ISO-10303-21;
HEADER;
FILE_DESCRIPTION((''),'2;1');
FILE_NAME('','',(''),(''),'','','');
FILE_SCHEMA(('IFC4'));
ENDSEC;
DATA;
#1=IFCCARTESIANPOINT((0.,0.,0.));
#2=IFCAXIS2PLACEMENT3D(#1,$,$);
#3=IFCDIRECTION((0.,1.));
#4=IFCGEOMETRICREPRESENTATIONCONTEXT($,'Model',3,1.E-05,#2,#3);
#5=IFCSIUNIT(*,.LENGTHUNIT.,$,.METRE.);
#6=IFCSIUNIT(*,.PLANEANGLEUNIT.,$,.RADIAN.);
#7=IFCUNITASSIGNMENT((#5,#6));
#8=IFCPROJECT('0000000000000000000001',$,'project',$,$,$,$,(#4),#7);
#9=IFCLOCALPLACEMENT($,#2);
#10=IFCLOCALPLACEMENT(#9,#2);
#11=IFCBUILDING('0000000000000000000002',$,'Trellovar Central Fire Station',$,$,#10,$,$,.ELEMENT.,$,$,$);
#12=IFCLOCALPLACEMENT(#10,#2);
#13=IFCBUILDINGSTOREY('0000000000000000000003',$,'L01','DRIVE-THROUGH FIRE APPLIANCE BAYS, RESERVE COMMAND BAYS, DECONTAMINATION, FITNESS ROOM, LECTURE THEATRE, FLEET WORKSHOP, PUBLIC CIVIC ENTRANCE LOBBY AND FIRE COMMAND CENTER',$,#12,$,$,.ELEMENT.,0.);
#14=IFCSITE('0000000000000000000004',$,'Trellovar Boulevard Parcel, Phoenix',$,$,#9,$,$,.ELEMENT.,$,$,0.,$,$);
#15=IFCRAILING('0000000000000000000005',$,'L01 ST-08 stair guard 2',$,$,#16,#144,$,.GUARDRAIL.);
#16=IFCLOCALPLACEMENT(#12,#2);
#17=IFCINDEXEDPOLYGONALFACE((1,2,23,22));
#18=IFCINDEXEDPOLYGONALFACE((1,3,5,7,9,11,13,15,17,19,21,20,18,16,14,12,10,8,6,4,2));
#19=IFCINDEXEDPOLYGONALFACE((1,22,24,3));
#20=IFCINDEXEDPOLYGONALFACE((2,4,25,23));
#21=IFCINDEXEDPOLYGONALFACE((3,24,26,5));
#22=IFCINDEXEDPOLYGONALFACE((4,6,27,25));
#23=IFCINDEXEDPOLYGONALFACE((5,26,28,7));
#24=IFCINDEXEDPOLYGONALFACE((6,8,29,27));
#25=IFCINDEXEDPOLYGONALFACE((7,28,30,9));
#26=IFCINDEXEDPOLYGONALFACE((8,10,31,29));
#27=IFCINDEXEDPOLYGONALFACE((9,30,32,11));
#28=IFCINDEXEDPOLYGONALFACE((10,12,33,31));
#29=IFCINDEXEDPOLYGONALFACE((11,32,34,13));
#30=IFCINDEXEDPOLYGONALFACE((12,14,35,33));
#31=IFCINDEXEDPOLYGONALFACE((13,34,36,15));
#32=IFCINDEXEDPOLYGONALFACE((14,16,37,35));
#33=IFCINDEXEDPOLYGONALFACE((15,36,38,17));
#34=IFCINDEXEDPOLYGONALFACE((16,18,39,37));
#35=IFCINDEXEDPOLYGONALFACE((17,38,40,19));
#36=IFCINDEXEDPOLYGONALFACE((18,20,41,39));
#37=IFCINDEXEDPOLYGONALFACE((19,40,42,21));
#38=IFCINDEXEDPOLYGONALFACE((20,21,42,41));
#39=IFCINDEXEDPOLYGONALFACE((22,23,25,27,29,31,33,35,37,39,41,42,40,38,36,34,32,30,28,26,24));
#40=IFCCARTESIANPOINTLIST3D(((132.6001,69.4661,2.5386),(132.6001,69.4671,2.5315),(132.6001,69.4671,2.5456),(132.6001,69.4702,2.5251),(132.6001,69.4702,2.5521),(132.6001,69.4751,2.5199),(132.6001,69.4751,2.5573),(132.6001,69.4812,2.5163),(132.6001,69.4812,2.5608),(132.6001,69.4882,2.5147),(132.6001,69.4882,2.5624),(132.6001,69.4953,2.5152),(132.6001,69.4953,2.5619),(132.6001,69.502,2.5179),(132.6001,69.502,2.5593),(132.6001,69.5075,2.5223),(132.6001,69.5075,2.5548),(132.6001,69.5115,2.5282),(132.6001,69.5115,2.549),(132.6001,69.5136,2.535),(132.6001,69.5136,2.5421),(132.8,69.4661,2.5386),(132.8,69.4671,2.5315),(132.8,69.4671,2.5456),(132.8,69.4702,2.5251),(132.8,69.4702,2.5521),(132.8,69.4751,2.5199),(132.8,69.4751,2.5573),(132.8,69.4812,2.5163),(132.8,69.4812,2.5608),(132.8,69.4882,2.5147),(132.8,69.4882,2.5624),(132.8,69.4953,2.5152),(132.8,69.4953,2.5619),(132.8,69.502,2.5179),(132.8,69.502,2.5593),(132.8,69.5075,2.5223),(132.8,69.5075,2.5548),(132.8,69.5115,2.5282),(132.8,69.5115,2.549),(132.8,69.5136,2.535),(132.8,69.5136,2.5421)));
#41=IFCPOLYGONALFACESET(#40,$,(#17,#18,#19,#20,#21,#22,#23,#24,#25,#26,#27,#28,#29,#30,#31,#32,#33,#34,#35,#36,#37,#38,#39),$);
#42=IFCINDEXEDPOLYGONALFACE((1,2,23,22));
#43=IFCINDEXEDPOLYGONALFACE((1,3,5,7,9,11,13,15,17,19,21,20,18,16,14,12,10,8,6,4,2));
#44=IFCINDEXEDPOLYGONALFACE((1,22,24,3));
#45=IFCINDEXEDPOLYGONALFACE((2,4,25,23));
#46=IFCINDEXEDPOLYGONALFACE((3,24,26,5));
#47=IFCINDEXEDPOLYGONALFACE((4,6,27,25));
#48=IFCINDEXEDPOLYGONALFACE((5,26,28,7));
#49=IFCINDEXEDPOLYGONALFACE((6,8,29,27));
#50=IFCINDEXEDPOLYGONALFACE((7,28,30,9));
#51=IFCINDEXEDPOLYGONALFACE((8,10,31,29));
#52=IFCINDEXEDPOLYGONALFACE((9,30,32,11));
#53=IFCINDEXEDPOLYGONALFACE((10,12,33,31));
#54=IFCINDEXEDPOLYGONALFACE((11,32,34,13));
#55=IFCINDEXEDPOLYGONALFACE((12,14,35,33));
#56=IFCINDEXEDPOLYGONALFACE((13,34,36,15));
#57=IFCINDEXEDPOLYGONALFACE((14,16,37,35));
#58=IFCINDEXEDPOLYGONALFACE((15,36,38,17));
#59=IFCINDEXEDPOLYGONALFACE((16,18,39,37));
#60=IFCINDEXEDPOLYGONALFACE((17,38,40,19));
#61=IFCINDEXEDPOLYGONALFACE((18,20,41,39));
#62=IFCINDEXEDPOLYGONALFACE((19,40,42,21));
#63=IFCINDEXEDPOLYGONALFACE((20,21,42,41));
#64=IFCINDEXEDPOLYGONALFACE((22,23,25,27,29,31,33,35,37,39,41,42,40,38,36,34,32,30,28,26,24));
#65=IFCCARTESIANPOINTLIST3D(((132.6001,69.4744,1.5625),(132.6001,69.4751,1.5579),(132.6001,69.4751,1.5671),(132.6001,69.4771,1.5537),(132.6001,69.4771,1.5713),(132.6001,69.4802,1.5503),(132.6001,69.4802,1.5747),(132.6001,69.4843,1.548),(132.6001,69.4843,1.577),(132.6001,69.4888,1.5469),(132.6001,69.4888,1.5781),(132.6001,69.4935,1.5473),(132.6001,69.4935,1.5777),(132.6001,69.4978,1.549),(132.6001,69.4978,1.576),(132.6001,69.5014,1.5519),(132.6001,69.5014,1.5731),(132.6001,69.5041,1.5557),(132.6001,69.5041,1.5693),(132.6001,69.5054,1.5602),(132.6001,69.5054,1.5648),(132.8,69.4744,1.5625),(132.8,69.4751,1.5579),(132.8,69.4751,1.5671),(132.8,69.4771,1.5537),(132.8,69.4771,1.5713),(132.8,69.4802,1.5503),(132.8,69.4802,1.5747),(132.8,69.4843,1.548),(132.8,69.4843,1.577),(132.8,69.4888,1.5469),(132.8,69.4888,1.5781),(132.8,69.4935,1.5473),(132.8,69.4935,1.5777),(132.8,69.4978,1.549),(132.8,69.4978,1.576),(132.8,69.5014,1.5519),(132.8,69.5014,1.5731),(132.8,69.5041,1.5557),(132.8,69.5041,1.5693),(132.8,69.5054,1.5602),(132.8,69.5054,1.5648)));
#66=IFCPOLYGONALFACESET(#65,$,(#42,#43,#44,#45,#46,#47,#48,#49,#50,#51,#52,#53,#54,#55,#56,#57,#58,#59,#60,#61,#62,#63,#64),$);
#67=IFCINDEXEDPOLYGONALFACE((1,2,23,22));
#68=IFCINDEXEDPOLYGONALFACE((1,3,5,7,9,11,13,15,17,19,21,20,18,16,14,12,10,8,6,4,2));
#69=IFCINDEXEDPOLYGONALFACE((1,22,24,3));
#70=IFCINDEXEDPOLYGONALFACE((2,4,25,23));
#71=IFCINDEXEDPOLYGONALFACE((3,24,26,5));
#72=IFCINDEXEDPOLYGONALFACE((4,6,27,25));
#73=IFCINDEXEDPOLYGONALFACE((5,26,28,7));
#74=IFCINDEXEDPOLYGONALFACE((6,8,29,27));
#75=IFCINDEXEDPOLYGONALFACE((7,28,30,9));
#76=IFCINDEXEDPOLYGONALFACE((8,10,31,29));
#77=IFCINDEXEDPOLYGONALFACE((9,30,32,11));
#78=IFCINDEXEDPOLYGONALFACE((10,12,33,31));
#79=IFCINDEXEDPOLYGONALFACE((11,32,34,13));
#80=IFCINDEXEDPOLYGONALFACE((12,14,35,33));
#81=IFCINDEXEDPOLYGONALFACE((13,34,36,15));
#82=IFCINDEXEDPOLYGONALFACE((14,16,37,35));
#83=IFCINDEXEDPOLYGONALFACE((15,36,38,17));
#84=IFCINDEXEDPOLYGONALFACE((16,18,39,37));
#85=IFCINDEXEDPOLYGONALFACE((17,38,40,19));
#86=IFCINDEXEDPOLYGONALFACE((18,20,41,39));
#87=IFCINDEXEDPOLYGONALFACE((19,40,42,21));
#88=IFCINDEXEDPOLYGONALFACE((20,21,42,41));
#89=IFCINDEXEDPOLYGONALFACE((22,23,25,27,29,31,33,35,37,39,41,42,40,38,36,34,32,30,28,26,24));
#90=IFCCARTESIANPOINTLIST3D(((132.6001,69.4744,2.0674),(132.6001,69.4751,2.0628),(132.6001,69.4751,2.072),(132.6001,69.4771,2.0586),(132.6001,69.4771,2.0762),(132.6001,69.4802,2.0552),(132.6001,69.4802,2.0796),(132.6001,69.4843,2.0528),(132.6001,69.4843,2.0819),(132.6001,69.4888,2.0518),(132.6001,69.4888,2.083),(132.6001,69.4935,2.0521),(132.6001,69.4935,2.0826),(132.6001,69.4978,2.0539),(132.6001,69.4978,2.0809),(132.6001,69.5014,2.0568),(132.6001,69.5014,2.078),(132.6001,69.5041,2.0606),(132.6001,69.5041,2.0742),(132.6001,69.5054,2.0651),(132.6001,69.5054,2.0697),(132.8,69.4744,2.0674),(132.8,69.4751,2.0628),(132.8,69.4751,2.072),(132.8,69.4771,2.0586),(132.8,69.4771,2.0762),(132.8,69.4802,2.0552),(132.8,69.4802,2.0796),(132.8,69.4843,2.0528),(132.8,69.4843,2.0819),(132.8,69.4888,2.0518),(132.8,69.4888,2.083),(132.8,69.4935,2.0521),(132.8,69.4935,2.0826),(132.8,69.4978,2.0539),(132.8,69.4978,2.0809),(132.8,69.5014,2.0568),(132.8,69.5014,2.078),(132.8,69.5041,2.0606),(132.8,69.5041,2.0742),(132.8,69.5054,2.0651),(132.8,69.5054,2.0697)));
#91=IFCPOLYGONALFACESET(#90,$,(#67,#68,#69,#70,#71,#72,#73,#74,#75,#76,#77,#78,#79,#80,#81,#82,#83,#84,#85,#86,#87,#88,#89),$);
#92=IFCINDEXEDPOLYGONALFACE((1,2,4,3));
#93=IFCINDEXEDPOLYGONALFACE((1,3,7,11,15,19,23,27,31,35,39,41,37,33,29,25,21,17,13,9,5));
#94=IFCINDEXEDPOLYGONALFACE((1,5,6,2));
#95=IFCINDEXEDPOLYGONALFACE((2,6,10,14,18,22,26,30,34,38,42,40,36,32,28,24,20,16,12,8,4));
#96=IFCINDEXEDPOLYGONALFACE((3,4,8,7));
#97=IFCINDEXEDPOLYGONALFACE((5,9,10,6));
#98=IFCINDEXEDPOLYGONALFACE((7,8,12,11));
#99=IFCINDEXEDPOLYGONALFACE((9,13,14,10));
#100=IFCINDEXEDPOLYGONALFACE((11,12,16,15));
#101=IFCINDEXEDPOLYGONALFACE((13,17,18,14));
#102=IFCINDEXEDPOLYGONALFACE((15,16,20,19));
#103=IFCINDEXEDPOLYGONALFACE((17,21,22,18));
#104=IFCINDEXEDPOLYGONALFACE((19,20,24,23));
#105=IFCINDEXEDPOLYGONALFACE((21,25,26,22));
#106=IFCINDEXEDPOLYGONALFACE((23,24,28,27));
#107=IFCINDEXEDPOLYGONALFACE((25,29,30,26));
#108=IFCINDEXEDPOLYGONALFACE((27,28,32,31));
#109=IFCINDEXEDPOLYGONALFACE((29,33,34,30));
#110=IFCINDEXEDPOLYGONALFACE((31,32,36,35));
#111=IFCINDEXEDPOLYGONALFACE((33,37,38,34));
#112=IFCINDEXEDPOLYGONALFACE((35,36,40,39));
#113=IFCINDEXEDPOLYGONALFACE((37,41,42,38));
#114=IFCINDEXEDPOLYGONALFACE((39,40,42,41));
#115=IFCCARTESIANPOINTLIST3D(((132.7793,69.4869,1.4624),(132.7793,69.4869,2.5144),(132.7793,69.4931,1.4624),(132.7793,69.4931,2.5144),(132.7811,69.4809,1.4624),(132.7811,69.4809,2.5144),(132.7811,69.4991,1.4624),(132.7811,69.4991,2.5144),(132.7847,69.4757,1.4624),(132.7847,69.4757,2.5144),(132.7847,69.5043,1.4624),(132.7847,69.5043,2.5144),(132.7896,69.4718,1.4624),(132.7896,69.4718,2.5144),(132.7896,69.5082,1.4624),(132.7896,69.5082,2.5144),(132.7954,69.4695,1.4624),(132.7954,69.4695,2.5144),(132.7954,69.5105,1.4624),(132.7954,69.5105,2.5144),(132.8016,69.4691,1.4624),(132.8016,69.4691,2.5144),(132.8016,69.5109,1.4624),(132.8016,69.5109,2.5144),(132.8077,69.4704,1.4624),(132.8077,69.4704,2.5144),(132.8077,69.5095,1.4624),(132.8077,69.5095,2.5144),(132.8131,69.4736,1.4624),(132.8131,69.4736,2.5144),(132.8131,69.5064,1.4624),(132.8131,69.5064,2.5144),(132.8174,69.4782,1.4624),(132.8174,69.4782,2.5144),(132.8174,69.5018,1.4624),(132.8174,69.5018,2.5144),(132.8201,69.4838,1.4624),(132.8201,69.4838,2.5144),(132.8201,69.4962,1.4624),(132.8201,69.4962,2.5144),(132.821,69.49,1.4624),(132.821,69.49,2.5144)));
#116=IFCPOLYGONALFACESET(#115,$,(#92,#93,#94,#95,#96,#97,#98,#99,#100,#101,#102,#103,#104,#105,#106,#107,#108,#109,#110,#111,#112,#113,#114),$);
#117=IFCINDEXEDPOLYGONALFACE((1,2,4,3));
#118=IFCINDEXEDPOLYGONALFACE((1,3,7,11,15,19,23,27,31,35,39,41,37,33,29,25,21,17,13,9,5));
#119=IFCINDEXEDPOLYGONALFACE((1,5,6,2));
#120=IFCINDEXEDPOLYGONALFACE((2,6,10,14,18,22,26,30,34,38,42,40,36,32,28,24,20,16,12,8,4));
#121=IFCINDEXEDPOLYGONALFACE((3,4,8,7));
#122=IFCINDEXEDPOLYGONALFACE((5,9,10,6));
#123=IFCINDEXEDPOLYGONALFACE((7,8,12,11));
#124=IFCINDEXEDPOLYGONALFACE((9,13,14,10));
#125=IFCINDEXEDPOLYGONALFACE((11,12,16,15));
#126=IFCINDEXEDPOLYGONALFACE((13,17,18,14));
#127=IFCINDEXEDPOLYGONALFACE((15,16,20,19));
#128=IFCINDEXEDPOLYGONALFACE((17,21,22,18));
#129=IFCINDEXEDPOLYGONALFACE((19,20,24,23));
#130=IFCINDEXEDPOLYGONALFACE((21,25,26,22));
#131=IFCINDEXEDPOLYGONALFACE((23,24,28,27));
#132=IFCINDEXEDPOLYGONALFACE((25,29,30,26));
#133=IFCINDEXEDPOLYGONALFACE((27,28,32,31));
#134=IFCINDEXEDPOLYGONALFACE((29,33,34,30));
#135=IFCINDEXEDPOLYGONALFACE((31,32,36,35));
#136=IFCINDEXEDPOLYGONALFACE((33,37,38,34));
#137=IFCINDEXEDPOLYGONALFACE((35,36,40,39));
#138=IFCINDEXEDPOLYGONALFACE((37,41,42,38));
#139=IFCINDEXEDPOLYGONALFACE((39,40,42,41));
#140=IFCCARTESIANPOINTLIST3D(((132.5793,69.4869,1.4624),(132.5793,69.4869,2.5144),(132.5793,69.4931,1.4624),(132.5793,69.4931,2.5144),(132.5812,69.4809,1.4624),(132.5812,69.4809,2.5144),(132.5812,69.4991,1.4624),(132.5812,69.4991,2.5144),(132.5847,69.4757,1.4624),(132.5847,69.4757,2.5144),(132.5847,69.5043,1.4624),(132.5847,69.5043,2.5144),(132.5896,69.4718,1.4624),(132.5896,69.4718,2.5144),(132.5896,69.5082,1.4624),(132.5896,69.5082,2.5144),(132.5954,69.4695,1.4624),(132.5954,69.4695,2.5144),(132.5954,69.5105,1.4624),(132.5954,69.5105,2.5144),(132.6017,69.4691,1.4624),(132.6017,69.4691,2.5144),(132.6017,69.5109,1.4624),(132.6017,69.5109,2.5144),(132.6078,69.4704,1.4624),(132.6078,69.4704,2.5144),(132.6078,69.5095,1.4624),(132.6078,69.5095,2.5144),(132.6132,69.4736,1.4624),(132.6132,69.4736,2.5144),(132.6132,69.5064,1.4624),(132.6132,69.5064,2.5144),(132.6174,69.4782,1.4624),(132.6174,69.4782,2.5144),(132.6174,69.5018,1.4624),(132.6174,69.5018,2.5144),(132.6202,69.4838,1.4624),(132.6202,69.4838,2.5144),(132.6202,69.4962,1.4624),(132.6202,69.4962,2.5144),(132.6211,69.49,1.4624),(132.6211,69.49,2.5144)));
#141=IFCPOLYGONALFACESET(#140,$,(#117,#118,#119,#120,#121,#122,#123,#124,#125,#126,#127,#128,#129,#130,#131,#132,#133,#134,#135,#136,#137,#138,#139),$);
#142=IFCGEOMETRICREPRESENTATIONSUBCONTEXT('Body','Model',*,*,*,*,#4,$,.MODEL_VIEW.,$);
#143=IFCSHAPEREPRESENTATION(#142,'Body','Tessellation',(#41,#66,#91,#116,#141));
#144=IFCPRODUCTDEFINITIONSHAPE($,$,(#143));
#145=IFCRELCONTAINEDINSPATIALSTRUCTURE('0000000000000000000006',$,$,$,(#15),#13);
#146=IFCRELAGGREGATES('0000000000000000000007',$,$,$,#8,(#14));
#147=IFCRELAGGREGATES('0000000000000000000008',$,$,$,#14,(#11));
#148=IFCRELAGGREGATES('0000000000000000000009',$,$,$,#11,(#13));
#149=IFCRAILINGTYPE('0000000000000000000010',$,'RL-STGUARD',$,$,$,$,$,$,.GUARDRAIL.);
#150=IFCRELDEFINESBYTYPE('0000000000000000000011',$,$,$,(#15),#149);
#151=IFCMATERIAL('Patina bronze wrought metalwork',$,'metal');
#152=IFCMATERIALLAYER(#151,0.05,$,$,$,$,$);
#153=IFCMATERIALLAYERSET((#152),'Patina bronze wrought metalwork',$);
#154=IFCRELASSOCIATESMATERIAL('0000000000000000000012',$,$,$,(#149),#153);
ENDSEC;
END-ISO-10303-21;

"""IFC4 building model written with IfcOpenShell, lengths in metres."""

from ifc_helpers import new_model, si_unit, direction, frame, origin, origin_2d, place, context, subcontext, project, spatial, circle, extrude, material, layer, layer_set, type_object, element, save


model = new_model("IFC4")

# Units and contexts
model_context = context("Model", 3, precision=1e-05, world=origin(), true_north=direction((0.0, 1.0)))
body_context = subcontext(model_context, "Body", "Model", "MODEL_VIEW")
ifc_project = project(units=[si_unit("LENGTHUNIT", "METRE"), si_unit("PLANEANGLEUNIT", "RADIAN")], contexts=[model_context])

# Site, building, storey
site_placement = place(None, origin())
site = spatial("IfcSite", under=ifc_project, at=site_placement, Name="Trellovar Boulevard Parcel, Phoenix", CompositionType="ELEMENT", RefElevation=0.0)
building_placement = place(site_placement, origin())
building = spatial("IfcBuilding", under=site, at=building_placement, Name="Trellovar Central Fire Station", CompositionType="ELEMENT")
storey_placement = place(building_placement, origin())
storey = spatial("IfcBuildingStorey", under=building, at=storey_placement, Name="L01", Description="DRIVE-THROUGH FIRE APPLIANCE BAYS, RESERVE COMMAND BAYS, DECONTAMINATION, FITNESS ROOM, LECTURE THEATRE, FLEET WORKSHOP, PUBLIC CIVIC ENTRANCE LOBBY AND FIRE COMMAND CENTER", CompositionType="ELEMENT", Elevation=0.0)

# Railing
ifc_material_1 = material(Name="Patina bronze wrought metalwork", Category="metal")
ifc_layer_1 = layer(ifc_material_1, 0.05)
ifc_layer_set_1 = layer_set([ifc_layer_1], Name="Patina bronze wrought metalwork")
railing_type_1 = type_object("IfcRailingType", Name="RL-STGUARD", PredefinedType="GUARDRAIL", material=ifc_layer_set_1)
railing_1_placement = place(storey_placement, frame((132.8, 69.49, 1.4624)))
element("IfcRailing", 1, at=railing_1_placement, inside=storey, type_object=railing_type_1, Name="L01 ST-08 stair guard 2", PredefinedType="GUARDRAIL", context=body_context, shape_type="SweptSolid", body=[
    extrude(circle(Radius=0.0239, at=origin_2d()), frame((0.0, 0.0, 1.0762), z_axis=(-1.0, 0.0, 0.0), x_axis=(0.0, -1.0, 0.0)), (0.0, 0.0, 1.0), 0.2),
    extrude(circle(Radius=0.0156, at=origin_2d()), frame((0.0, 0.0, 0.1001), z_axis=(-1.0, 0.0, 0.0), x_axis=(0.0, -1.0, 0.0)), (0.0, 0.0, 1.0), 0.2),
    extrude(circle(Radius=0.0156, at=origin_2d()), frame((0.0, 0.0, 0.605), z_axis=(-1.0, 0.0, 0.0), x_axis=(0.0, -1.0, 0.0)), (0.0, 0.0, 1.0), 0.2),
    extrude(circle(Radius=0.021, at=origin_2d()), origin(), (0.0, 0.0, 1.0), 1.052),
    extrude(circle(Radius=0.021, at=origin_2d()), frame((-0.2, 0.0, 0.0)), (0.0, 0.0, 1.0), 1.052),
])

save(model, "model.ifc")
